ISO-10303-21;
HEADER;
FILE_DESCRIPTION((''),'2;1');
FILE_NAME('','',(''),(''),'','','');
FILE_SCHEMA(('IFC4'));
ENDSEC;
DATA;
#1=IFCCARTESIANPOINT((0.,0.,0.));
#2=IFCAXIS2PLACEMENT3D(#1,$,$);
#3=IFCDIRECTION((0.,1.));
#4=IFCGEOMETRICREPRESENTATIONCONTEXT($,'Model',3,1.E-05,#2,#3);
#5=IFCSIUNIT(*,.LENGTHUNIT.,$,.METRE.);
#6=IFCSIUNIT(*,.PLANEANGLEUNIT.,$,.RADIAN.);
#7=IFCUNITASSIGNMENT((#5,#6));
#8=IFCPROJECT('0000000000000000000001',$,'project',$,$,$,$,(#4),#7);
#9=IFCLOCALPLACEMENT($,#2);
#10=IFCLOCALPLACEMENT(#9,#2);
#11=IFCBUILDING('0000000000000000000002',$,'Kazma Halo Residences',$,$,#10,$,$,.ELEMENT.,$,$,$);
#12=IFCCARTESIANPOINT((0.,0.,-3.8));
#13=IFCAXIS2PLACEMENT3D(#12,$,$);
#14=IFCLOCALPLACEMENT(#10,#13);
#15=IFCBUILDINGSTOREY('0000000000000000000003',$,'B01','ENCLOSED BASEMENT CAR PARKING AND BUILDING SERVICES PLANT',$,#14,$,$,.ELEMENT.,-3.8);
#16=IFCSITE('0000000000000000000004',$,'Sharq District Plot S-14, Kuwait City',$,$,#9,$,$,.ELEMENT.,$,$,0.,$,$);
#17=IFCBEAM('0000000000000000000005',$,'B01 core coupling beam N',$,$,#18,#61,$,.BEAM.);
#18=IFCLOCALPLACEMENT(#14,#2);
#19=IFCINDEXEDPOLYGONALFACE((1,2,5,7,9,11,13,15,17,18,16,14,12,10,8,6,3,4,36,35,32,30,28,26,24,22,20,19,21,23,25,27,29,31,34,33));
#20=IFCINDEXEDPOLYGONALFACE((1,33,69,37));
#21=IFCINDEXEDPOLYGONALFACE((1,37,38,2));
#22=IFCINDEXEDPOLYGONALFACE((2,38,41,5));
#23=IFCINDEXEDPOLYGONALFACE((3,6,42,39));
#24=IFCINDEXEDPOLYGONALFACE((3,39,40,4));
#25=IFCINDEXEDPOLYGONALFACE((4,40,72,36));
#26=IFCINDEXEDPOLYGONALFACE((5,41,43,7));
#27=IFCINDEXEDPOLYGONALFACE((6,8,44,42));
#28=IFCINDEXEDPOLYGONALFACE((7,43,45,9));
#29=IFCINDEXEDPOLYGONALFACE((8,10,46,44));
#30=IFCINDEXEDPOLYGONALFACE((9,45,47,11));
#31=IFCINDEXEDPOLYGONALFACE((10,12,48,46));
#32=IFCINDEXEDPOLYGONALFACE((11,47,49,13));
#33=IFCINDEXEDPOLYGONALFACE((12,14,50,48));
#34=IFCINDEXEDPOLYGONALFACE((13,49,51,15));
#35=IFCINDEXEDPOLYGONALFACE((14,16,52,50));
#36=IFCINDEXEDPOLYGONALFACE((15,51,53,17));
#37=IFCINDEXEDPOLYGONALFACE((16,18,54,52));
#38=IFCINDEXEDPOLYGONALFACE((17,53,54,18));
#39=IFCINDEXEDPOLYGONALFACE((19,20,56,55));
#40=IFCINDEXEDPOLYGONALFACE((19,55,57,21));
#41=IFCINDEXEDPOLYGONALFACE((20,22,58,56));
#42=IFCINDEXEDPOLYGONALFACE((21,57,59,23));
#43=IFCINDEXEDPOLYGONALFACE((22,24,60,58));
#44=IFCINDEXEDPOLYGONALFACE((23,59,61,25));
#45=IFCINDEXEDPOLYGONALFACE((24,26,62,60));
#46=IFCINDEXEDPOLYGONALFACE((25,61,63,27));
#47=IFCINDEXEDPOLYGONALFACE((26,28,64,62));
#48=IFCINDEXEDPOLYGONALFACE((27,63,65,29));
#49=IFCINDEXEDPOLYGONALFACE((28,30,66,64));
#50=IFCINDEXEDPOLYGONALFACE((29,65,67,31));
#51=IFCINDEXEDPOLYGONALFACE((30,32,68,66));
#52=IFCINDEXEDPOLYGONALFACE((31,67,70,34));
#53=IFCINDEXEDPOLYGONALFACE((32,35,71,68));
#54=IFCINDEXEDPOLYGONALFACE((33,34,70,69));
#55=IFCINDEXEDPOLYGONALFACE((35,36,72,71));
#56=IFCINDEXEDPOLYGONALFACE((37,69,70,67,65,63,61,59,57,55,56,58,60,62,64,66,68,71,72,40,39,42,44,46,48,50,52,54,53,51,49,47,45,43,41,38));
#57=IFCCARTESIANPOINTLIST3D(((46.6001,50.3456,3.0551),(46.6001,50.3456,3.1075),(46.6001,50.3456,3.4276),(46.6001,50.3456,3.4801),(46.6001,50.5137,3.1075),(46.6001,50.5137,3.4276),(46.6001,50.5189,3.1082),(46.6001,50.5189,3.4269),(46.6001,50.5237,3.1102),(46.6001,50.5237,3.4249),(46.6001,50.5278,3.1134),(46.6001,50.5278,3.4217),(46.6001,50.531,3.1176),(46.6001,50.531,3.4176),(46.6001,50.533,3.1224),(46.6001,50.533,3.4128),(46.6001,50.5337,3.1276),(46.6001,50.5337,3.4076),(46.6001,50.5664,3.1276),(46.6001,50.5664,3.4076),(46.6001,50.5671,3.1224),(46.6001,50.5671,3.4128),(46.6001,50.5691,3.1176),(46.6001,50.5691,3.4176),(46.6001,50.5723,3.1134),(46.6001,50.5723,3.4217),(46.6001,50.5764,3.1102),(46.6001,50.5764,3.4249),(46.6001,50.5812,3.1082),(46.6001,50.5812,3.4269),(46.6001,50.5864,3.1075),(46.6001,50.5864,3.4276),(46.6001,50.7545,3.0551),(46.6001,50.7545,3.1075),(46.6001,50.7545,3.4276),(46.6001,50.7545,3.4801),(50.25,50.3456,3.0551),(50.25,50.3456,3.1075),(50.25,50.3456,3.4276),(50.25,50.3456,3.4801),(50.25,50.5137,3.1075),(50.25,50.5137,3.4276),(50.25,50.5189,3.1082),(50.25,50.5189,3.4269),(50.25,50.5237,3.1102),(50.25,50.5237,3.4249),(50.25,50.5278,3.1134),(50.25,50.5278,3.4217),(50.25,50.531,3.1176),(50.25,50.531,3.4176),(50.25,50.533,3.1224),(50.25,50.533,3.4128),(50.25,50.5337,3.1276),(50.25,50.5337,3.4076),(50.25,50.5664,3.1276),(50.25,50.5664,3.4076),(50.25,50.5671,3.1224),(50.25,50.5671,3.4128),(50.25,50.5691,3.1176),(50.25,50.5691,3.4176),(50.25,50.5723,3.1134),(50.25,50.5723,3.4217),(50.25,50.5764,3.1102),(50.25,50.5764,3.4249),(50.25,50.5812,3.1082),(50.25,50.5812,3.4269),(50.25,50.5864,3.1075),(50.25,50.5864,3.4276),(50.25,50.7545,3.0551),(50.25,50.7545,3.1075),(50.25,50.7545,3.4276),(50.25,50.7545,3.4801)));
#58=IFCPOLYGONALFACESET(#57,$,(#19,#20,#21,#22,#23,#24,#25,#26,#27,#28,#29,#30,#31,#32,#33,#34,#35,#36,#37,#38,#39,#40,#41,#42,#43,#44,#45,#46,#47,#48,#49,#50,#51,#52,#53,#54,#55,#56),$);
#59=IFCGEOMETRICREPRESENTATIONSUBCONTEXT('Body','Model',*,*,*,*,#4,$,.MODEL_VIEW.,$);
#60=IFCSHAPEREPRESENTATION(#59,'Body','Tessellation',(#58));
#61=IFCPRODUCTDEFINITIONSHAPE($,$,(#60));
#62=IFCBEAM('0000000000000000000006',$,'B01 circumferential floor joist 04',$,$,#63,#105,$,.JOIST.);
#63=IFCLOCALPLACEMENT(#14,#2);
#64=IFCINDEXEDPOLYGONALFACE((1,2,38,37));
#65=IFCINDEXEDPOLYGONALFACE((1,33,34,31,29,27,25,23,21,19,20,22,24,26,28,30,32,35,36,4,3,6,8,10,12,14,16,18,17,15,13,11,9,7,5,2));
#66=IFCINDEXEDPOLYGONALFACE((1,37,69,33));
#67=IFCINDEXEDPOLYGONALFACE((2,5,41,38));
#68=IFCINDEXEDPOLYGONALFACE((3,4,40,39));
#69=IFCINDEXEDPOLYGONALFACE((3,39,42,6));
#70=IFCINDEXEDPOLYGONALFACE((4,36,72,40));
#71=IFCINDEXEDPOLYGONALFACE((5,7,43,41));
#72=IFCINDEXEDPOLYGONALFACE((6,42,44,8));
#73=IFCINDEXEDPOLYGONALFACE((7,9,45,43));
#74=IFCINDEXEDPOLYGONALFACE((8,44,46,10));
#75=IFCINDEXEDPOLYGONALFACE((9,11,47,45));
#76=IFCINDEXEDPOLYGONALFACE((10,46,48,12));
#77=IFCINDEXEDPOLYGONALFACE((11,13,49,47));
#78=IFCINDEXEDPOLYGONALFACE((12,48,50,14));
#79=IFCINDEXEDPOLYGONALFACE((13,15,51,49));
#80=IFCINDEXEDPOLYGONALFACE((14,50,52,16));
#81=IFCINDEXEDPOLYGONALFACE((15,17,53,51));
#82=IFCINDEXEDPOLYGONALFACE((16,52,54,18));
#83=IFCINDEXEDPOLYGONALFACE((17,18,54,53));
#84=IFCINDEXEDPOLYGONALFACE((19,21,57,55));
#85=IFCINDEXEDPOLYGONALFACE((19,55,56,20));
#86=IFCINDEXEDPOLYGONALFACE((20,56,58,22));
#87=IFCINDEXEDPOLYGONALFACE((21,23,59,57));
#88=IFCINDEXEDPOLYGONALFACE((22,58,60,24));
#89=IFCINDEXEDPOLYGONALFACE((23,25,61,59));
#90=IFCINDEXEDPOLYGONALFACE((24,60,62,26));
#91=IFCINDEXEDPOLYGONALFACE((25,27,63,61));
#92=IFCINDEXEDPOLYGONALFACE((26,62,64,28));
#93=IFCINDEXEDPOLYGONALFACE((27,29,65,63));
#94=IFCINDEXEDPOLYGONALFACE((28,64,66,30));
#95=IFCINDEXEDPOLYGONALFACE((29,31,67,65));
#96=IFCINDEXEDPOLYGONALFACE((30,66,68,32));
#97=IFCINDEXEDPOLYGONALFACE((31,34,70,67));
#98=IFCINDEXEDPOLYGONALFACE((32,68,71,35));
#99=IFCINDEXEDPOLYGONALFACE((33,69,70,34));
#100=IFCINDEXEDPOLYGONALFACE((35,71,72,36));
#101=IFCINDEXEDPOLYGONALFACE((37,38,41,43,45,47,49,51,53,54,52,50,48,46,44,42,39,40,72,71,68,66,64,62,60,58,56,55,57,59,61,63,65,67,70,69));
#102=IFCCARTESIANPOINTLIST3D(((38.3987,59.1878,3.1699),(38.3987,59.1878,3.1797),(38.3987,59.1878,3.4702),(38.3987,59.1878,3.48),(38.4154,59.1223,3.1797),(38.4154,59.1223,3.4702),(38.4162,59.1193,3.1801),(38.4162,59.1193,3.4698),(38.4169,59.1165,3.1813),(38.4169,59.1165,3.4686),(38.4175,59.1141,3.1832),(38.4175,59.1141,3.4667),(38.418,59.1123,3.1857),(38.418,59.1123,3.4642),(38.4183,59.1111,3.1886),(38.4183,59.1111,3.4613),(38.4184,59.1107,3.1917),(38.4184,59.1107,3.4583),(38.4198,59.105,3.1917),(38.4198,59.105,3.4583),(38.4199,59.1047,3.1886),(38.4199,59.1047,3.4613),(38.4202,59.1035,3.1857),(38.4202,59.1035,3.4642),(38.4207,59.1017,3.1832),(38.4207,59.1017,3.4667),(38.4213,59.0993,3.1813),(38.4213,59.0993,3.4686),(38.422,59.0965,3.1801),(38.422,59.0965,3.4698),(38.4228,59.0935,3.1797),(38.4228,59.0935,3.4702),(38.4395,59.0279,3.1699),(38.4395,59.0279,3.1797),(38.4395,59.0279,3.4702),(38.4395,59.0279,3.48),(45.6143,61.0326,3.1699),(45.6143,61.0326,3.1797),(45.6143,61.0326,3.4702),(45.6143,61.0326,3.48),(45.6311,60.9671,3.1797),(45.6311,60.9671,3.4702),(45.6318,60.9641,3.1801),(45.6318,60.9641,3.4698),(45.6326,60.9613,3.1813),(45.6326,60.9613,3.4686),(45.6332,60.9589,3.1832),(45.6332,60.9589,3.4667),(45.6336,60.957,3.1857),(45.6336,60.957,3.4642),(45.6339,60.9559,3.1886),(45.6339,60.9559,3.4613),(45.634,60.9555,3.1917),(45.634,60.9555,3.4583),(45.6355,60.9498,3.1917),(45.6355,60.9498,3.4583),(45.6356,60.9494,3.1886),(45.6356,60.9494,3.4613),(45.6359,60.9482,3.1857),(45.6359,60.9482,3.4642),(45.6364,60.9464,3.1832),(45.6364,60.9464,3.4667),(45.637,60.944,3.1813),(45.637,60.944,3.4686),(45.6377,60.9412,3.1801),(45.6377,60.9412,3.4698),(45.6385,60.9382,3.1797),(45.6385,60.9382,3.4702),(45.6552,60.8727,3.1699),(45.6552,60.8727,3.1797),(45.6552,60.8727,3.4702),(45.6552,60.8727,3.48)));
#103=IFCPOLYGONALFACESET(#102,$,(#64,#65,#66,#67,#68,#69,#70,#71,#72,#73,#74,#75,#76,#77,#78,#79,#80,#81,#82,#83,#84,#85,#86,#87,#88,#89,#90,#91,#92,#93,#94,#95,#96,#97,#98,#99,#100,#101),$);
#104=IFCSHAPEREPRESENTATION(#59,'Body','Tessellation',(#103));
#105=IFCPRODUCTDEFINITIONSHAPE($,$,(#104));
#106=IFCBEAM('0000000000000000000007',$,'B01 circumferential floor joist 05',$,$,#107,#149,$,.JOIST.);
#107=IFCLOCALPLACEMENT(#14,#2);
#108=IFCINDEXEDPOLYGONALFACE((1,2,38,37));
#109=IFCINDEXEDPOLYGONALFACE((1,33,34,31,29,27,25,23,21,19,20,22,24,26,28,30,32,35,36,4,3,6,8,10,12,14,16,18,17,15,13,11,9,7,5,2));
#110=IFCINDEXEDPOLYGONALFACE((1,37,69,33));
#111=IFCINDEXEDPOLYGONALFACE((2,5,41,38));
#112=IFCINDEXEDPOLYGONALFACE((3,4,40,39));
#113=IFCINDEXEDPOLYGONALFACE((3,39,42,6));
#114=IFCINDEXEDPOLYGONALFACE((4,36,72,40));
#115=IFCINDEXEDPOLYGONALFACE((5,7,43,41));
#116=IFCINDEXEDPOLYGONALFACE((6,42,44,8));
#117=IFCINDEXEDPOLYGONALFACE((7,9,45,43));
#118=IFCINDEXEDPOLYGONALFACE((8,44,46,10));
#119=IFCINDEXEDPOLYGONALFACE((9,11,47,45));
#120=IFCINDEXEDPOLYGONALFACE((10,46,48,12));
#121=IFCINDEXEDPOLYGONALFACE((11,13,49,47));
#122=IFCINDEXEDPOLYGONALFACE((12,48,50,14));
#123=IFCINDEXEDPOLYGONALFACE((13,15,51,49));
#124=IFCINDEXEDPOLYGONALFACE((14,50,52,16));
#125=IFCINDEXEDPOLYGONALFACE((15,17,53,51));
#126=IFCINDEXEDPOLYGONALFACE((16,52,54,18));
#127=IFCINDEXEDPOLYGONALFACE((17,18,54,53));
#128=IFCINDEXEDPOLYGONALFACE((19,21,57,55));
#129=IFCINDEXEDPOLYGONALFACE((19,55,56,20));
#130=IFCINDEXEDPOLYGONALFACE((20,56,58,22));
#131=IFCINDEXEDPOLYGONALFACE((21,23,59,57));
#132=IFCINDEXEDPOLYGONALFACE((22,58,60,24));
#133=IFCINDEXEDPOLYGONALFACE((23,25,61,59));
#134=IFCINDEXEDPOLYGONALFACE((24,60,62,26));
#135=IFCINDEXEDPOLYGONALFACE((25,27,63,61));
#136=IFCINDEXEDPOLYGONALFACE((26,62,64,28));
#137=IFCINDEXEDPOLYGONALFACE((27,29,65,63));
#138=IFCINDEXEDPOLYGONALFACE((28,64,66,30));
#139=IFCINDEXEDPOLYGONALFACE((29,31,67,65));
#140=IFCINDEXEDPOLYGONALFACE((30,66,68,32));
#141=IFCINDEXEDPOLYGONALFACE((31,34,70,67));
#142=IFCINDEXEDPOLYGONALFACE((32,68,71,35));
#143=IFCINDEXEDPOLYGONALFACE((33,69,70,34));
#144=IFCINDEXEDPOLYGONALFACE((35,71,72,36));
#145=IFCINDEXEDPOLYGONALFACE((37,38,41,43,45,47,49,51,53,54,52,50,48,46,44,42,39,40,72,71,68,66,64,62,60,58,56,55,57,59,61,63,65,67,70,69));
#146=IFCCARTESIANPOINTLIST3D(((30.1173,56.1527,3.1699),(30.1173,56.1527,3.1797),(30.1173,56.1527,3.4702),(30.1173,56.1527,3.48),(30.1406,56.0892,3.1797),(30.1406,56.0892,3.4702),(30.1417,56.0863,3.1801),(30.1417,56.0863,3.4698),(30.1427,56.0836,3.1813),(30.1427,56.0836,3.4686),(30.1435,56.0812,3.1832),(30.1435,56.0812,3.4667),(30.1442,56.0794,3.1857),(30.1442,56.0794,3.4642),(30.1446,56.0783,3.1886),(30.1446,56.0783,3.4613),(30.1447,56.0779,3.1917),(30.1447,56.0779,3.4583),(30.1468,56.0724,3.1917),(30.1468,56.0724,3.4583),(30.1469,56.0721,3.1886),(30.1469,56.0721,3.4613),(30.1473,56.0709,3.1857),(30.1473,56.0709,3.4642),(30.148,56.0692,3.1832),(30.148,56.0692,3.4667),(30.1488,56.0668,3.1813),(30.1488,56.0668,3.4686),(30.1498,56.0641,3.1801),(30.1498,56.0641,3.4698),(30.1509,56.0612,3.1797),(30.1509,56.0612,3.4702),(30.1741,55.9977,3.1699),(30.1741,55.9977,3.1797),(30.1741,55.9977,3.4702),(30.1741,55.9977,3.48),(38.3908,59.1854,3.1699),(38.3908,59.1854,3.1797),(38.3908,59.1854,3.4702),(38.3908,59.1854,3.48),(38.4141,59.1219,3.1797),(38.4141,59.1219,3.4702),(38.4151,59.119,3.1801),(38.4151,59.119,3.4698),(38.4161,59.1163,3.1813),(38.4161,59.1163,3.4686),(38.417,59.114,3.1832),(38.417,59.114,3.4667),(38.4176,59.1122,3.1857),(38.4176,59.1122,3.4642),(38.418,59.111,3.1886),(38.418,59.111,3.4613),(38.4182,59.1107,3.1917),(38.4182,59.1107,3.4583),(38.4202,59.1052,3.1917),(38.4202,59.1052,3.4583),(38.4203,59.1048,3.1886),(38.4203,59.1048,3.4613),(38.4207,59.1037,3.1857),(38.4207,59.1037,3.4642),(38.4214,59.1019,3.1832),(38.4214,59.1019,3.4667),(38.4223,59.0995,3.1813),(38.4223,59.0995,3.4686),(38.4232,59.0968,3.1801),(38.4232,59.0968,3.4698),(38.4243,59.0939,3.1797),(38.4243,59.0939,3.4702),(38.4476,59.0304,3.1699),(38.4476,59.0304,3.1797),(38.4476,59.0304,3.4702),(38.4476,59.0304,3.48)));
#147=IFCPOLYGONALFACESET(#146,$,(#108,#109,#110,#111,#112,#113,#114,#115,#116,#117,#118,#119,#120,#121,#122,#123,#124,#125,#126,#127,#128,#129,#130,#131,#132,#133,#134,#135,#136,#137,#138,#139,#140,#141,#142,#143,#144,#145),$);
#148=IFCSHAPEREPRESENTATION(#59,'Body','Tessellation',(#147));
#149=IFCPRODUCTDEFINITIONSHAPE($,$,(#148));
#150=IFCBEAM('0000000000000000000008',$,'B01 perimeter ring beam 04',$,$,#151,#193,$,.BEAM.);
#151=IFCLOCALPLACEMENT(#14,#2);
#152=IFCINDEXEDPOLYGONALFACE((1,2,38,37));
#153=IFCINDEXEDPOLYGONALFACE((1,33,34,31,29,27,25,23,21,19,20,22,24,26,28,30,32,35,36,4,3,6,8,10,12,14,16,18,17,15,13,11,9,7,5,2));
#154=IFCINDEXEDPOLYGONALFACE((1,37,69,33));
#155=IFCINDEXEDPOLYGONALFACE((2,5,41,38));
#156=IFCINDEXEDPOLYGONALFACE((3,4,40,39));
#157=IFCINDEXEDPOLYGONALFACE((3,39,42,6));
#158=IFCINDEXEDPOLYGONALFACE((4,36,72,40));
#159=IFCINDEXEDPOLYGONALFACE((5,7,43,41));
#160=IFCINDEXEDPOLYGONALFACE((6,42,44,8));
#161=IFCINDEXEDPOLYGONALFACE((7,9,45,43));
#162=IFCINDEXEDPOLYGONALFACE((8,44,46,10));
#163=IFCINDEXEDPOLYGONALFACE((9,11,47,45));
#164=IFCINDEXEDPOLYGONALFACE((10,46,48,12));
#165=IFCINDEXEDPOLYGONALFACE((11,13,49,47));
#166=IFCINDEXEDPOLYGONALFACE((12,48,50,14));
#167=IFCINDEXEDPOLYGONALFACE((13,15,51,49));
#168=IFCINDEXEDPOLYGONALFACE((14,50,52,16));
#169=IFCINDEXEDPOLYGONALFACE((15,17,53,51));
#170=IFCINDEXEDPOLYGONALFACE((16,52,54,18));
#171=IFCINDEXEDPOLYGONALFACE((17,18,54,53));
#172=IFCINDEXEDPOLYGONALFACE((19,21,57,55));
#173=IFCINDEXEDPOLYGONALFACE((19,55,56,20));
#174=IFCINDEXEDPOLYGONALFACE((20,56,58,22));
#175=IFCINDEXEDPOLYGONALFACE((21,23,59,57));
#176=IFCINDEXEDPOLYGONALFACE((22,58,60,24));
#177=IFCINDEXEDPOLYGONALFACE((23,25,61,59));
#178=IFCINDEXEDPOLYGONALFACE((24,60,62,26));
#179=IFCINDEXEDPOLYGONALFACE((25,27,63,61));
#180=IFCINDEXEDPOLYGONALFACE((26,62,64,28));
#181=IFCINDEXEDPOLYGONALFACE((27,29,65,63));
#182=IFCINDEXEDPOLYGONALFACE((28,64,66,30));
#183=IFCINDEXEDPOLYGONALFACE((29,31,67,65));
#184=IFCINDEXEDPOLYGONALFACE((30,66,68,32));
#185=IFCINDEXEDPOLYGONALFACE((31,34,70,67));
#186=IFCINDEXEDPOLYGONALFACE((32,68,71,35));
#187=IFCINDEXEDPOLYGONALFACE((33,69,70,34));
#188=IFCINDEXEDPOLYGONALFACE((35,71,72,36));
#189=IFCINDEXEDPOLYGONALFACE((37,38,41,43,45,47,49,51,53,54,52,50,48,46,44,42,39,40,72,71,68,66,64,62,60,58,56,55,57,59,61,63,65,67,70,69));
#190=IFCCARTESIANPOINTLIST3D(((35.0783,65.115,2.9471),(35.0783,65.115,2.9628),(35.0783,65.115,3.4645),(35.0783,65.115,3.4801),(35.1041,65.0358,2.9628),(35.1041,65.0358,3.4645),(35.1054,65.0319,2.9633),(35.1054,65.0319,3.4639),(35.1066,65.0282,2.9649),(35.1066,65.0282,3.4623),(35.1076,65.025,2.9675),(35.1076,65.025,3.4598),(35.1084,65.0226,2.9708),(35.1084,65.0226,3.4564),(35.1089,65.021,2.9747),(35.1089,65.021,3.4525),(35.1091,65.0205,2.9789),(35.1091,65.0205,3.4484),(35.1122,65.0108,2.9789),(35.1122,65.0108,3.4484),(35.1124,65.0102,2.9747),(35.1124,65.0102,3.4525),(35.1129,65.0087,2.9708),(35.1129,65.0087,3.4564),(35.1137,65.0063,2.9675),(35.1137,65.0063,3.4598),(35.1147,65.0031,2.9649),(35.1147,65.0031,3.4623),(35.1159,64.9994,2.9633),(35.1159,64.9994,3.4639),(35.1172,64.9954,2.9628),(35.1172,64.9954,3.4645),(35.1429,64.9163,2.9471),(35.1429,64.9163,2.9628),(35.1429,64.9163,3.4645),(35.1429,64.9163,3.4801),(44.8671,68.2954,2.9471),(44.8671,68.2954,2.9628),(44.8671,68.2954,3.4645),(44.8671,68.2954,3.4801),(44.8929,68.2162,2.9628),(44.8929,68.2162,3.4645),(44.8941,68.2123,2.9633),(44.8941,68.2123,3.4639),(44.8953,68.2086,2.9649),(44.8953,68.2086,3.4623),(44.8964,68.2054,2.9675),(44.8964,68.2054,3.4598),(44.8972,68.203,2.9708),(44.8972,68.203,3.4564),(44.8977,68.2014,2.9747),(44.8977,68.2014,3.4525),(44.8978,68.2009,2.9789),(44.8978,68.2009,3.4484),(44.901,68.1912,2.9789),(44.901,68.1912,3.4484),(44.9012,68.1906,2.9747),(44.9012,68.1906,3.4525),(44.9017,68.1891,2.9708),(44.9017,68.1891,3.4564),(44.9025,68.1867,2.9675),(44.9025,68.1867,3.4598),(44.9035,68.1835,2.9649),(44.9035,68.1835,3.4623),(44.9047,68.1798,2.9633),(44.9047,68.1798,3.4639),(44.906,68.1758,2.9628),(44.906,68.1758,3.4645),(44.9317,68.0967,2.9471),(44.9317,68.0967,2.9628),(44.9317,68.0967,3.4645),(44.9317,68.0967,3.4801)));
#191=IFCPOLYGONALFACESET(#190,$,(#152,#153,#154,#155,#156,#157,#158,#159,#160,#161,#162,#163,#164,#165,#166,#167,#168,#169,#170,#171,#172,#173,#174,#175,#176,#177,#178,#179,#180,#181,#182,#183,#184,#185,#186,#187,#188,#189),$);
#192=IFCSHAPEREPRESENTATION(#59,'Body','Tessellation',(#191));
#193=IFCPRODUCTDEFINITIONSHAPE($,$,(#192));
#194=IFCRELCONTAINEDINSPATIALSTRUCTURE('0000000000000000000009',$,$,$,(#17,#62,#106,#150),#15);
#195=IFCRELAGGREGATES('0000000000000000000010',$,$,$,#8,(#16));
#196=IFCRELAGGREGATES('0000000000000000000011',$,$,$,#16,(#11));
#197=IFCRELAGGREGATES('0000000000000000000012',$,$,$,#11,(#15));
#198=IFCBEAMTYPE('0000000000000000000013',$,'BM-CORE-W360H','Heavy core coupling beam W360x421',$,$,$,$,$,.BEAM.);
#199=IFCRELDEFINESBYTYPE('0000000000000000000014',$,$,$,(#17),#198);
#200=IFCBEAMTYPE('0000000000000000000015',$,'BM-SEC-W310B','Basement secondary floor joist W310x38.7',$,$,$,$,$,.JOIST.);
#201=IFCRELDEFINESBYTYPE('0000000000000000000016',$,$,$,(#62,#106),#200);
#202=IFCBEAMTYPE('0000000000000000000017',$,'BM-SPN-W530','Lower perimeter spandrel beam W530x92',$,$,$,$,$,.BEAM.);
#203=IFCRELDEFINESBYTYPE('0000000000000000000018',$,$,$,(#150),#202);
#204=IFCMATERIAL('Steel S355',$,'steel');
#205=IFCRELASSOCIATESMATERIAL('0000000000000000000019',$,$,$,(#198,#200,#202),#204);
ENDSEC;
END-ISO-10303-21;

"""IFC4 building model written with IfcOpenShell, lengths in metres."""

from ifc_helpers import new_model, si_unit, direction, frame, origin, origin_2d, place, context, subcontext, project, spatial, i_section, extrude, material, material_profile, profile_set, type_object, element, save


model = new_model("IFC4")

# Units and contexts
model_context = context("Model", 3, precision=1e-05, world=origin(), true_north=direction((0.0, 1.0)))
body_context = subcontext(model_context, "Body", "Model", "MODEL_VIEW")
ifc_project = project(units=[si_unit("LENGTHUNIT", "METRE"), si_unit("PLANEANGLEUNIT", "RADIAN")], contexts=[model_context])

# Site, building, storey
site_placement = place(None, origin())
site = spatial("IfcSite", under=ifc_project, at=site_placement, Name="Sharq District Plot S-14, Kuwait City", CompositionType="ELEMENT", RefElevation=0.0)
building_placement = place(site_placement, origin())
building = spatial("IfcBuilding", under=site, at=building_placement, Name="Kazma Halo Residences", CompositionType="ELEMENT")
storey_placement = place(building_placement, frame((0.0, 0.0, -3.8)))
storey = spatial("IfcBuildingStorey", under=building, at=storey_placement, Name="B01", Description="ENCLOSED BASEMENT CAR PARKING AND BUILDING SERVICES PLANT", CompositionType="ELEMENT", Elevation=-3.8)

# Beams
ifc_material_1 = material(Name="Steel S355", Category="steel")
ifc_material_profile_1 = material_profile(ifc_material_1, i_section(OverallWidth=0.4089, OverallDepth=0.425, WebThickness=0.0327, FlangeThickness=0.0525, FilletRadius=0.02, at=origin_2d()), Name="W360x421")
ifc_profile_set_1 = profile_set([ifc_material_profile_1], Name="Steel S355")
beam_type_1 = type_object("IfcBeamType", Name="BM-CORE-W360H", Description="Heavy core coupling beam W360x421", PredefinedType="BEAM", material=ifc_profile_set_1)
beam_1_placement = place(storey_placement, frame((46.6001, 50.55, 3.2676), z_axis=(1.0, 0.0, 0.0), x_axis=(0.0, 1.0, 0.0)))
element("IfcBeam", 1, at=beam_1_placement, inside=storey, type_object=beam_type_1, Name="B01 core coupling beam N", PredefinedType="BEAM", context=body_context, shape_type="SweptSolid", body=[
    extrude(i_section(OverallWidth=0.4089, OverallDepth=0.425, WebThickness=0.0327, FlangeThickness=0.0525, FilletRadius=0.02, at=origin_2d()), origin(), (0.0, 0.0, 1.0), 3.6499),
])
ifc_material_profile_2 = material_profile(ifc_material_1, i_section(OverallWidth=0.165, OverallDepth=0.3101, WebThickness=0.0059, FlangeThickness=0.0098, FilletRadius=0.012, at=origin_2d()), Name="W310x38.7")
ifc_profile_set_2 = profile_set([ifc_material_profile_2], Name="Steel S355")
beam_type_2 = type_object("IfcBeamType", Name="BM-SEC-W310B", Description="Basement secondary floor joist W310x38.7", PredefinedType="JOIST", material=ifc_profile_set_2)
beam_2_placement = place(storey_placement, frame((45.6348, 60.9526, 3.325), z_axis=(-0.968839, -0.247692, 0.0), x_axis=(0.247692, -0.968839, 0.0)))
element("IfcBeam", 2, at=beam_2_placement, inside=storey, type_object=beam_type_2, Name="B01 circumferential floor joist 04", PredefinedType="JOIST", context=body_context, shape_type="SweptSolid", body=[
    extrude(i_section(OverallWidth=0.165, OverallDepth=0.3101, WebThickness=0.0059, FlangeThickness=0.0098, FilletRadius=0.012, at=origin_2d()), origin(), (0.0, 0.0, 1.0), 7.4478),
])
beam_3_placement = place(storey_placement, frame((38.4192, 59.1079, 3.325), z_axis=(-0.938909, -0.344167, 0.0), x_axis=(0.344167, -0.938909, 0.0)))
element("IfcBeam", 3, at=beam_3_placement, inside=storey, type_object=beam_type_2, Name="B01 circumferential floor joist 05", PredefinedType="JOIST", context=body_context, shape_type="SweptSolid", body=[
    extrude(i_section(OverallWidth=0.165, OverallDepth=0.3101, WebThickness=0.0059, FlangeThickness=0.0098, FilletRadius=0.012, at=origin_2d()), origin(), (0.0, 0.0, 1.0), 8.8118),
])
ifc_material_profile_3 = material_profile(ifc_material_1, i_section(OverallWidth=0.209, OverallDepth=0.533, WebThickness=0.0103, FlangeThickness=0.0156, FilletRadius=0.0161, at=origin_2d()), Name="W530x92")
ifc_profile_set_3 = profile_set([ifc_material_profile_3], Name="Steel S355")
beam_type_3 = type_object("IfcBeamType", Name="BM-SPN-W530", Description="Lower perimeter spandrel beam W530x92", PredefinedType="BEAM", material=ifc_profile_set_3)
beam_4_placement = place(storey_placement, frame((44.8994, 68.196, 3.2136), z_axis=(-0.951061, -0.309003, 0.0), x_axis=(0.309003, -0.951061, 0.0)))
element("IfcBeam", 4, at=beam_4_placement, inside=storey, type_object=beam_type_3, Name="B01 perimeter ring beam 04", PredefinedType="BEAM", context=body_context, shape_type="SweptSolid", body=[
    extrude(i_section(OverallWidth=0.209, OverallDepth=0.533, WebThickness=0.0103, FlangeThickness=0.0156, FilletRadius=0.0161, at=origin_2d()), origin(), (0.0, 0.0, 1.0), 10.2925),
])

save(model, "model.ifc")
